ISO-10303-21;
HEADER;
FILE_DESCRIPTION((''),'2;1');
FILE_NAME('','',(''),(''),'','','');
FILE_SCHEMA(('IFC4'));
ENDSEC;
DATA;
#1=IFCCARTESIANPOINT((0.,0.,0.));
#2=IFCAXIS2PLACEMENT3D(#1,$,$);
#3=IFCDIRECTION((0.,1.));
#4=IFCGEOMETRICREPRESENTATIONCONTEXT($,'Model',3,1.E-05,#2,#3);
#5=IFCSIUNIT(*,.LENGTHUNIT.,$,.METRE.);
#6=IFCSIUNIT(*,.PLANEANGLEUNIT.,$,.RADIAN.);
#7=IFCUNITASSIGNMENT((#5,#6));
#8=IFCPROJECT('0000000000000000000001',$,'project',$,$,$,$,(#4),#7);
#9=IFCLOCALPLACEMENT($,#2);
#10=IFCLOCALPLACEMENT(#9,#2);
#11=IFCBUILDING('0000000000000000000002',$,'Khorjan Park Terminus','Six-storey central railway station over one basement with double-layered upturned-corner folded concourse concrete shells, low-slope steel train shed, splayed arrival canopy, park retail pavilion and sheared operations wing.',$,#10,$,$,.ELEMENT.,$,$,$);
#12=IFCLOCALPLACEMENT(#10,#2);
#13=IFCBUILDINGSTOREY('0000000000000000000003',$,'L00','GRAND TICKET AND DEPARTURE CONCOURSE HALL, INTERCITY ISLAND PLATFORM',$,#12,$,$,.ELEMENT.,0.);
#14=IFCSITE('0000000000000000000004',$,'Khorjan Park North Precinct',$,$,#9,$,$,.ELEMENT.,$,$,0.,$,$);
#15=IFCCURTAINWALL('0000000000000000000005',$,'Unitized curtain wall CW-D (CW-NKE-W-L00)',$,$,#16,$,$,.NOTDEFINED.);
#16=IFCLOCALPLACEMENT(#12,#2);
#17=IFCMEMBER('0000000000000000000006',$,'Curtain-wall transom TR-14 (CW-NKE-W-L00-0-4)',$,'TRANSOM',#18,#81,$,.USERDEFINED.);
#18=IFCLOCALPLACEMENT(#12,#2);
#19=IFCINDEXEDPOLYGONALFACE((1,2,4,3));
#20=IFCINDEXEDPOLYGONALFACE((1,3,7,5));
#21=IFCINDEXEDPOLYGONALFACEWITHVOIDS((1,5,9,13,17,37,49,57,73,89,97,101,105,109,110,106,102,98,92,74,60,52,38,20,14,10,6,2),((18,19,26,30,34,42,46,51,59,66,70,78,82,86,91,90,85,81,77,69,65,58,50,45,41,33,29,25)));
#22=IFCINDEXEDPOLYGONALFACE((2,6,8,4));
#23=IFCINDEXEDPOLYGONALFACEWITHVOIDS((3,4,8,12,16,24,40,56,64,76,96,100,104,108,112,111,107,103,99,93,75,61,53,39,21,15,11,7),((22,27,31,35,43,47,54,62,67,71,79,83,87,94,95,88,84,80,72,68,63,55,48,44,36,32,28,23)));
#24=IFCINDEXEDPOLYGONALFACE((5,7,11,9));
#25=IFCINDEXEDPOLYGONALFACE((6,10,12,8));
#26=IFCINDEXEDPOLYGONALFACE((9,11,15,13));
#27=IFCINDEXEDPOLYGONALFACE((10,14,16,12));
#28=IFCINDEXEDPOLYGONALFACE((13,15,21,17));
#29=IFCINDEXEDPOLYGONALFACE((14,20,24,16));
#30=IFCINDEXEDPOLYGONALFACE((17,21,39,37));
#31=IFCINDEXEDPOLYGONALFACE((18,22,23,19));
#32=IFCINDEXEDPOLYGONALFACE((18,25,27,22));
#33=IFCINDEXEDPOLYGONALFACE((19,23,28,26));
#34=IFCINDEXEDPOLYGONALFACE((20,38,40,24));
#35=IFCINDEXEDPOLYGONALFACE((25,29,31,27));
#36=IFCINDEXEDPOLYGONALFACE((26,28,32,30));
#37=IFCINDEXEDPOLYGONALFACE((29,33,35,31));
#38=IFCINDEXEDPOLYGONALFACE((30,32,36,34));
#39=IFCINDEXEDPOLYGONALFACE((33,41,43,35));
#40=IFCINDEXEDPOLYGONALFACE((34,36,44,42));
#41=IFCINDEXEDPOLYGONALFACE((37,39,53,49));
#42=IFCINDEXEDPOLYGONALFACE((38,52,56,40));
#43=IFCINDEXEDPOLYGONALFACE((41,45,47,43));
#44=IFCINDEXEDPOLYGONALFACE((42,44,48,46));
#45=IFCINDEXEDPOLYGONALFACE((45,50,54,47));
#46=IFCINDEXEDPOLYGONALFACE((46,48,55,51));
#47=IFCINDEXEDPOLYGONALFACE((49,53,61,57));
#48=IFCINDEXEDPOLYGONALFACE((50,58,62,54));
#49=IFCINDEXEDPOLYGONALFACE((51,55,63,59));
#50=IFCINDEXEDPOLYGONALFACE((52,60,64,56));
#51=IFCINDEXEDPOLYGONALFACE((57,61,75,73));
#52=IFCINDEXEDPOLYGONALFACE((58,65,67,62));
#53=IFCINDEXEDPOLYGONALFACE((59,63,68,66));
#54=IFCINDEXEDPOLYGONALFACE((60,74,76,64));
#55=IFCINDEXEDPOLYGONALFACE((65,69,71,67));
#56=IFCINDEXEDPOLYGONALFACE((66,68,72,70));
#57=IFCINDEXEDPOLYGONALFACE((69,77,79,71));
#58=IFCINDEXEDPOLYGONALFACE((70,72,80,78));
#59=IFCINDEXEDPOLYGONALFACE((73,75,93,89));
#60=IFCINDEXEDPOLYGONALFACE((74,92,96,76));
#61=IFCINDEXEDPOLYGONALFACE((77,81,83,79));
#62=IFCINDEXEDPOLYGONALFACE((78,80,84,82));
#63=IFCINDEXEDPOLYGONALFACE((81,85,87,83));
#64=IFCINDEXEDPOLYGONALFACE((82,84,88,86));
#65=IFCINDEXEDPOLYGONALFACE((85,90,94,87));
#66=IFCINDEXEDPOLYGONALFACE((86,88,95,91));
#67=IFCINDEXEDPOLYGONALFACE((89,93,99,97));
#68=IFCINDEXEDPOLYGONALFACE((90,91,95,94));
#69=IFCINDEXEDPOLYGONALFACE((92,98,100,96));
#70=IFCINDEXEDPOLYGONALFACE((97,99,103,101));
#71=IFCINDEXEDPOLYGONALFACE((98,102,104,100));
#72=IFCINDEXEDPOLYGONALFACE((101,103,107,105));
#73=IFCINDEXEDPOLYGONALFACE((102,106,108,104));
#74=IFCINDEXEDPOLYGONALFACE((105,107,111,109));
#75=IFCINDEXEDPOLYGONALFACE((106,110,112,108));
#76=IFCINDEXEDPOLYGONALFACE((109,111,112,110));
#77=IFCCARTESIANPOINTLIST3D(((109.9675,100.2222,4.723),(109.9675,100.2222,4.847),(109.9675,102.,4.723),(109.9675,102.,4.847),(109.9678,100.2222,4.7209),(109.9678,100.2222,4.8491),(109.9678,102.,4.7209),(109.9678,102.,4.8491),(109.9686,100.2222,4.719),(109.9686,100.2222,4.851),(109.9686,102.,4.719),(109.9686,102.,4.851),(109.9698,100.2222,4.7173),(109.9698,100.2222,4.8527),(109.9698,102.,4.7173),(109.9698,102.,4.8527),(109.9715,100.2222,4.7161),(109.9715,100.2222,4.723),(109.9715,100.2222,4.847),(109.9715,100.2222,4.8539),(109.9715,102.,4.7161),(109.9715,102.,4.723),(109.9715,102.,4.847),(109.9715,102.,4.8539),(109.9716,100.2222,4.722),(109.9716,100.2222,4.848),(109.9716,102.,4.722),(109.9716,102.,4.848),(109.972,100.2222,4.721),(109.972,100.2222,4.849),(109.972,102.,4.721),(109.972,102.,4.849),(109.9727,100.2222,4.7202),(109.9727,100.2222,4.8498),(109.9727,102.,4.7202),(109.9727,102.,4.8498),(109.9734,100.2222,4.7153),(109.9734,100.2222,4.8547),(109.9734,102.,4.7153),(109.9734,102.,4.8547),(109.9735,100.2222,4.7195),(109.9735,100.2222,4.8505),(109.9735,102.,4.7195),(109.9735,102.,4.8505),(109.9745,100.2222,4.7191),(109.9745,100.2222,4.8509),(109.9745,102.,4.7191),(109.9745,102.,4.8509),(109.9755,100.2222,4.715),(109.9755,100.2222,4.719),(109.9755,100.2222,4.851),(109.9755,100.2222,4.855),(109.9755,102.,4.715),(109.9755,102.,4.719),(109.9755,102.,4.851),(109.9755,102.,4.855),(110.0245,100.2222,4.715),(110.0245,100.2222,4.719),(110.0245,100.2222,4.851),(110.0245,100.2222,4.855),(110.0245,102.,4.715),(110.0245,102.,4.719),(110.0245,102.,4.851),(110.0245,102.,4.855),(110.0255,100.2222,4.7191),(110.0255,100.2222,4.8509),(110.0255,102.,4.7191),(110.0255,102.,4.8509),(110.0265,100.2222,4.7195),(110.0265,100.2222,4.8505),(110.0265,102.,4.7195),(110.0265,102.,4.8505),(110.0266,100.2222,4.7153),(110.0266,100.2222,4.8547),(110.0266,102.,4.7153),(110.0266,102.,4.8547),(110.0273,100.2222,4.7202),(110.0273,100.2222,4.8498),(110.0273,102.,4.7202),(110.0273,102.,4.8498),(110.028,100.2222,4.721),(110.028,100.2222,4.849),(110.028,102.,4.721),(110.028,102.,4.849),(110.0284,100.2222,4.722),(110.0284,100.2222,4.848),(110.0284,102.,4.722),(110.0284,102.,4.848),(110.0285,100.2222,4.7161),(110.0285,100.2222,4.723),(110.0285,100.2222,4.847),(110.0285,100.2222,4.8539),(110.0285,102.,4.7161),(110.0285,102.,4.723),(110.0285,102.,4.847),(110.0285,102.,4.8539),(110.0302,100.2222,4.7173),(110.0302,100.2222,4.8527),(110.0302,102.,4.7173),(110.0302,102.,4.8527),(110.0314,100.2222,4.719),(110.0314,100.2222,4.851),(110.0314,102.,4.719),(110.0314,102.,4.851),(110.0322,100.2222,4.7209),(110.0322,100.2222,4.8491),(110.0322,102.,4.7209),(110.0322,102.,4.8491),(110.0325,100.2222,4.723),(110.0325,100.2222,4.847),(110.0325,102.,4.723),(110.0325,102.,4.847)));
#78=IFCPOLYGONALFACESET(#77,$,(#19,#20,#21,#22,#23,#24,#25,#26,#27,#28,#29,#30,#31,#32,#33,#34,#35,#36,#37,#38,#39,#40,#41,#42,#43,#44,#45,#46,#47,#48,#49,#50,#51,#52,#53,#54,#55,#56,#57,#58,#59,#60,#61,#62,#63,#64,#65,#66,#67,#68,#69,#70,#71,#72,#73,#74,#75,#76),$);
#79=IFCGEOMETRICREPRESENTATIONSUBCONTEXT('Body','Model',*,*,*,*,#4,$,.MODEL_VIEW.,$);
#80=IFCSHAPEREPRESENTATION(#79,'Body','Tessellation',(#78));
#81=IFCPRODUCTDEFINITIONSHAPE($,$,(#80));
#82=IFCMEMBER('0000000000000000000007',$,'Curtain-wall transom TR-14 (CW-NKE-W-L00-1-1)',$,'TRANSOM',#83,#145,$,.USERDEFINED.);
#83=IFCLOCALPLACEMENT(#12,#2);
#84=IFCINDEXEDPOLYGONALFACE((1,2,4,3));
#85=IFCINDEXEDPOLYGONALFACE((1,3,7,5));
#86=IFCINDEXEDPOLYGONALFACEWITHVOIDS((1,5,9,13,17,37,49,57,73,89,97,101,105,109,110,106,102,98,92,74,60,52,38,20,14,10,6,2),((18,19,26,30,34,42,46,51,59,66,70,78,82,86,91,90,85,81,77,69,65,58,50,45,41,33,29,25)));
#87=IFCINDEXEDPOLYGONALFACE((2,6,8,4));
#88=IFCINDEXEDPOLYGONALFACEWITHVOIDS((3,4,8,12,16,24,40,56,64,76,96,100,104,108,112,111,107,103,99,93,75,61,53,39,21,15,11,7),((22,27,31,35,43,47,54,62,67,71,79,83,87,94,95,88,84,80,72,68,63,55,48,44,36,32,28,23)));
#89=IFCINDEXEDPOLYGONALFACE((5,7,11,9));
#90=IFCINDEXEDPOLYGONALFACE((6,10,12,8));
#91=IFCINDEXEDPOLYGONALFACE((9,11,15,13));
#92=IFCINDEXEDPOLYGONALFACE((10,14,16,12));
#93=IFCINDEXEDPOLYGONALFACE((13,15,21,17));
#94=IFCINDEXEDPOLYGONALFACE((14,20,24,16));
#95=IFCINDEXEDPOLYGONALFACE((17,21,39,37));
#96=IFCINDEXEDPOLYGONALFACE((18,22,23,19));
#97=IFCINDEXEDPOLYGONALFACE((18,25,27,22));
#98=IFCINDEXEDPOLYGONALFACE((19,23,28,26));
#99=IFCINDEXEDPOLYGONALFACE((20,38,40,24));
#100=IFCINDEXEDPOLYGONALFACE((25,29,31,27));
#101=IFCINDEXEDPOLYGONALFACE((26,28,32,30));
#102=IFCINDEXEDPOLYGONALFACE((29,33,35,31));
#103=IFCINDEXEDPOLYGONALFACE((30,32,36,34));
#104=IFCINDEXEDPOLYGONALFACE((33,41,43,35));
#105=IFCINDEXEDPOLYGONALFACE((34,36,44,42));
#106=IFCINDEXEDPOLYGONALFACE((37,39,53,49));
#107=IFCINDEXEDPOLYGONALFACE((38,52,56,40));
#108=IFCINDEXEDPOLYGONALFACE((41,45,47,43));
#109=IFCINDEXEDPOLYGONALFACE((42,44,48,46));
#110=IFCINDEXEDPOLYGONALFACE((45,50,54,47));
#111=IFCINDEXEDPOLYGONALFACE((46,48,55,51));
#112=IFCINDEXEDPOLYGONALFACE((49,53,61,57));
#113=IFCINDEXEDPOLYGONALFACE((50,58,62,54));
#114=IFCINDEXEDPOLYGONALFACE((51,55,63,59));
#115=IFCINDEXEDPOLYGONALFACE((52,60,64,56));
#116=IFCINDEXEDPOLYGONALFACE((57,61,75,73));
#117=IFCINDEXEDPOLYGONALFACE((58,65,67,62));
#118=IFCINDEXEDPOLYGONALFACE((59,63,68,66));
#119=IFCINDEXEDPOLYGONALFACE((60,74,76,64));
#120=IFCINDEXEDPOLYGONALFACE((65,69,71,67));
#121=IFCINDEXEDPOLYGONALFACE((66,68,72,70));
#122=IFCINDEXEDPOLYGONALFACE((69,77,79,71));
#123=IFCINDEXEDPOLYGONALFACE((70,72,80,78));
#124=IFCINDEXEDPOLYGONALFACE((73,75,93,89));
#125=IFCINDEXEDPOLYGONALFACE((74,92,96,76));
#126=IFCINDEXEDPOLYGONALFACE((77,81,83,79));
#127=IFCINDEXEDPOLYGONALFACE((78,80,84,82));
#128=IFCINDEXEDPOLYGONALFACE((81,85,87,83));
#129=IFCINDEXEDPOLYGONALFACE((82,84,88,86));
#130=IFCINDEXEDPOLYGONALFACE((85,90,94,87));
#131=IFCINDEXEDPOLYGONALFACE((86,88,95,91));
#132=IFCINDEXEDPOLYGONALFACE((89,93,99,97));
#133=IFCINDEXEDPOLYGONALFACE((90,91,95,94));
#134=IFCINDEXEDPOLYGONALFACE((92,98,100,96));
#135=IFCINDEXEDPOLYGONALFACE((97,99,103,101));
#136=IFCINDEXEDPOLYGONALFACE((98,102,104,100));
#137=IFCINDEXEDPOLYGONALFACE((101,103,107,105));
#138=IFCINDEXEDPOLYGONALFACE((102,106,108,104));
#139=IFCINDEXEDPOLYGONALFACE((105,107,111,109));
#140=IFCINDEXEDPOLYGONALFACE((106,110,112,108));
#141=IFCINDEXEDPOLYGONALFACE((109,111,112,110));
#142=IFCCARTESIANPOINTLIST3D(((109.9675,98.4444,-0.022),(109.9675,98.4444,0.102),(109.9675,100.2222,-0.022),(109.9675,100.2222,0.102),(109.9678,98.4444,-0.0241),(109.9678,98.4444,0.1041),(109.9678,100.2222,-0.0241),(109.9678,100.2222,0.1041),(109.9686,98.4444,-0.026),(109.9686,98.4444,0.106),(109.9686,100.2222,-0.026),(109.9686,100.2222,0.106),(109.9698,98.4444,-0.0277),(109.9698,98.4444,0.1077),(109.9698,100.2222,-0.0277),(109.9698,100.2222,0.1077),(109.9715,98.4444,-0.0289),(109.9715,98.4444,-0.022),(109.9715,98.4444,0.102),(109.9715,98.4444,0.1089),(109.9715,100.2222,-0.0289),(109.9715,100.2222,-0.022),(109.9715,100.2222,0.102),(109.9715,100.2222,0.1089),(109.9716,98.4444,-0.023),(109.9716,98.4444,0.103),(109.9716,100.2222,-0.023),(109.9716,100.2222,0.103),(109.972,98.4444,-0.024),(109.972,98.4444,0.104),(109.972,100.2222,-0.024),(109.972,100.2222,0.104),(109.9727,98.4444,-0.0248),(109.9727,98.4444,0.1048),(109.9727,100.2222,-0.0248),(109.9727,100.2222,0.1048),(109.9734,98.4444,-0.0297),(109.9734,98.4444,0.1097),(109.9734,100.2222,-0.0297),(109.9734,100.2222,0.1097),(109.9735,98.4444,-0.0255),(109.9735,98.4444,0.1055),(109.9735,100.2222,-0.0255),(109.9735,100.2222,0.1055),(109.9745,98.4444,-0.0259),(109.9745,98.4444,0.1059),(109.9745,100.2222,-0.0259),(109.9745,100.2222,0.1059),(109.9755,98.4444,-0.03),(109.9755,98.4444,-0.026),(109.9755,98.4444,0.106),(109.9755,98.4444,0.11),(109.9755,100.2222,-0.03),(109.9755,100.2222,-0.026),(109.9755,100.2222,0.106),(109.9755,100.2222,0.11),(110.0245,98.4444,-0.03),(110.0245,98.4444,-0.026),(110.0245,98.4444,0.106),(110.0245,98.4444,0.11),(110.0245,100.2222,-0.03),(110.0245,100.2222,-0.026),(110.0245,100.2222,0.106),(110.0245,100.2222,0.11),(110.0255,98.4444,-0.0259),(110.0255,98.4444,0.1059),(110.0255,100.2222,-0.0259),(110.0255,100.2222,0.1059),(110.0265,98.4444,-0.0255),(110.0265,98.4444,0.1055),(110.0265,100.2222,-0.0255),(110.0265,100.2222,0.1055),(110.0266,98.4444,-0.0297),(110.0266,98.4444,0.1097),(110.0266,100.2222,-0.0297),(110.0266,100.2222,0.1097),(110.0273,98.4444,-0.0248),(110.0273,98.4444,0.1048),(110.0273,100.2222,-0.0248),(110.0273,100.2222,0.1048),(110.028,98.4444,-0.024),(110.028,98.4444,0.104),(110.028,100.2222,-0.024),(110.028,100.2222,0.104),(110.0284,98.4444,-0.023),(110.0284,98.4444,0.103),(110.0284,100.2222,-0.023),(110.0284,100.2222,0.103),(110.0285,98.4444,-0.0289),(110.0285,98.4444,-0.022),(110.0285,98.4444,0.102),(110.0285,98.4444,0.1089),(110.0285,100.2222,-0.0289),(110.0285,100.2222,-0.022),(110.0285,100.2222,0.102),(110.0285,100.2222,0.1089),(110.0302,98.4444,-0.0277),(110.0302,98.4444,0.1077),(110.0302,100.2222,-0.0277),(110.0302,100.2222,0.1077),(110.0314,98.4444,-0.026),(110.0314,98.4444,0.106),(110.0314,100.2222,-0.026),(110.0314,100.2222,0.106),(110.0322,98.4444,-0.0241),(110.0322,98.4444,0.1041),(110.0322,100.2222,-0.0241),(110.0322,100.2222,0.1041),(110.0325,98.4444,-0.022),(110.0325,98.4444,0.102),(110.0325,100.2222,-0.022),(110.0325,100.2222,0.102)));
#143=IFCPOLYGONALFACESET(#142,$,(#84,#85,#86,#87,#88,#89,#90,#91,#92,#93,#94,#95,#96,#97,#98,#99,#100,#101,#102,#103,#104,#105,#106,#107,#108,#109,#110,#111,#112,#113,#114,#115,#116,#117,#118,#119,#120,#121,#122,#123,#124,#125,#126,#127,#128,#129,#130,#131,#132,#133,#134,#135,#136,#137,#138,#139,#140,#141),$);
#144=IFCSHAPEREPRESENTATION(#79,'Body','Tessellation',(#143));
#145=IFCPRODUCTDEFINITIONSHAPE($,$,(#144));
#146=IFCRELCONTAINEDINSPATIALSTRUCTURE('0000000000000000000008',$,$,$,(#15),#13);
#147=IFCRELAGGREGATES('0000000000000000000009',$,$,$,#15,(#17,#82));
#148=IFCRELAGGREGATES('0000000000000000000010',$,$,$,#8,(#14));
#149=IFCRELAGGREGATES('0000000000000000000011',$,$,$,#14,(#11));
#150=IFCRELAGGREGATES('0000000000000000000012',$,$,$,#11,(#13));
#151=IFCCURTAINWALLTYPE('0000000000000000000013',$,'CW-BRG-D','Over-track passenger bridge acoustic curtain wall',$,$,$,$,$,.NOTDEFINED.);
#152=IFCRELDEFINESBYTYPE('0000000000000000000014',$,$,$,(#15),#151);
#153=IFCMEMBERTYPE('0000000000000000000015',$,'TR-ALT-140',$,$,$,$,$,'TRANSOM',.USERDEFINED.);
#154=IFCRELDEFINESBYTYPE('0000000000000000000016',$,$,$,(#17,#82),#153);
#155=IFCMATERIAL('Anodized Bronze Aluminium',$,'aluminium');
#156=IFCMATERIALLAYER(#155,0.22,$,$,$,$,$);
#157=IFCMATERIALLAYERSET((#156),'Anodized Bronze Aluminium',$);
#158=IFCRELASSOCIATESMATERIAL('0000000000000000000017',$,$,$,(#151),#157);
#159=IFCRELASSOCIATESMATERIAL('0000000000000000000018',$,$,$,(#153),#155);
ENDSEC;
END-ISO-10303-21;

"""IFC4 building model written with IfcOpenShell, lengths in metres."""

from ifc_helpers import new_model, si_unit, direction, frame, origin, origin_2d, place, context, subcontext, project, spatial, hollow_rectangle, extrude, material, layer, layer_set, material_profile, profile_set, type_object, element, aggregate, save


model = new_model("IFC4")

# Units and contexts
model_context = context("Model", 3, precision=1e-05, world=origin(), true_north=direction((0.0, 1.0)))
body_context = subcontext(model_context, "Body", "Model", "MODEL_VIEW")
ifc_project = project(units=[si_unit("LENGTHUNIT", "METRE"), si_unit("PLANEANGLEUNIT", "RADIAN")], contexts=[model_context])

# Site, building, storey
site_placement = place(None, origin())
site = spatial("IfcSite", under=ifc_project, at=site_placement, Name="Khorjan Park North Precinct", CompositionType="ELEMENT", RefElevation=0.0)
building_placement = place(site_placement, origin())
building = spatial("IfcBuilding", under=site, at=building_placement, Name="Khorjan Park Terminus", Description="Six-storey central railway station over one basement with double-layered upturned-corner folded concourse concrete shells, low-slope steel train shed, splayed arrival canopy, park retail pavilion and sheared operations wing.", CompositionType="ELEMENT")
storey_placement = place(building_placement, origin())
storey = spatial("IfcBuildingStorey", under=building, at=storey_placement, Name="L00", Description="GRAND TICKET AND DEPARTURE CONCOURSE HALL, INTERCITY ISLAND PLATFORM", CompositionType="ELEMENT", Elevation=0.0)

# Curtain wall, members
ifc_material_1 = material(Name="Anodized Bronze Aluminium", Category="aluminium")
ifc_layer_1 = layer(ifc_material_1, 0.22)
ifc_layer_set_1 = layer_set([ifc_layer_1], Name="Anodized Bronze Aluminium")
curtain_wall_type = type_object("IfcCurtainWallType", Name="CW-BRG-D", Description="Over-track passenger bridge acoustic curtain wall", PredefinedType="NOTDEFINED", material=ifc_layer_set_1)
curtain_wall_placement = place(storey_placement, origin())
curtain_wall = element("IfcCurtainWall", 1, at=curtain_wall_placement, inside=storey, type_object=curtain_wall_type, Name="Unitized curtain wall CW-D (CW-NKE-W-L00)", PredefinedType="NOTDEFINED")
ifc_material_profile_1 = material_profile(ifc_material_1, hollow_rectangle(XDim=0.065, YDim=0.14, WallThickness=0.004, InnerFilletRadius=0.004, OuterFilletRadius=0.008, at=origin_2d()), Name="ALT 65x140x4")
ifc_profile_set_1 = profile_set([ifc_material_profile_1], Name="Anodized Bronze Aluminium")
member_type_1 = type_object("IfcMemberType", Name="TR-ALT-140", ElementType="TRANSOM", PredefinedType="USERDEFINED", material=ifc_profile_set_1)
member_1_placement = place(storey_placement, frame((110.0, 102.0, 4.785), z_axis=(0.0, -1.0, 0.0), x_axis=(1.0, 0.0, 0.0)))
member_1 = element("IfcMember", 2, at=member_1_placement, type_object=member_type_1, Name="Curtain-wall transom TR-14 (CW-NKE-W-L00-0-4)", ObjectType="TRANSOM", PredefinedType="USERDEFINED", context=body_context, shape_type="SweptSolid", body=[
    extrude(hollow_rectangle(XDim=0.065, YDim=0.14, WallThickness=0.004, InnerFilletRadius=0.004, OuterFilletRadius=0.008, at=origin_2d()), origin(), (0.0, 0.0, 1.0), 1.7778),
])
member_2_placement = place(storey_placement, frame((110.0, 100.2222, 0.04), z_axis=(0.0, -1.0, 0.0), x_axis=(1.0, 0.0, 0.0)))
member_2 = element("IfcMember", 3, at=member_2_placement, type_object=member_type_1, Name="Curtain-wall transom TR-14 (CW-NKE-W-L00-1-1)", ObjectType="TRANSOM", PredefinedType="USERDEFINED", context=body_context, shape_type="SweptSolid", body=[
    extrude(hollow_rectangle(XDim=0.065, YDim=0.14, WallThickness=0.004, InnerFilletRadius=0.004, OuterFilletRadius=0.008, at=origin_2d()), origin(), (0.0, 0.0, 1.0), 1.7778),
])
aggregate(curtain_wall, [member_1, member_2])

save(model, "model.ifc")
